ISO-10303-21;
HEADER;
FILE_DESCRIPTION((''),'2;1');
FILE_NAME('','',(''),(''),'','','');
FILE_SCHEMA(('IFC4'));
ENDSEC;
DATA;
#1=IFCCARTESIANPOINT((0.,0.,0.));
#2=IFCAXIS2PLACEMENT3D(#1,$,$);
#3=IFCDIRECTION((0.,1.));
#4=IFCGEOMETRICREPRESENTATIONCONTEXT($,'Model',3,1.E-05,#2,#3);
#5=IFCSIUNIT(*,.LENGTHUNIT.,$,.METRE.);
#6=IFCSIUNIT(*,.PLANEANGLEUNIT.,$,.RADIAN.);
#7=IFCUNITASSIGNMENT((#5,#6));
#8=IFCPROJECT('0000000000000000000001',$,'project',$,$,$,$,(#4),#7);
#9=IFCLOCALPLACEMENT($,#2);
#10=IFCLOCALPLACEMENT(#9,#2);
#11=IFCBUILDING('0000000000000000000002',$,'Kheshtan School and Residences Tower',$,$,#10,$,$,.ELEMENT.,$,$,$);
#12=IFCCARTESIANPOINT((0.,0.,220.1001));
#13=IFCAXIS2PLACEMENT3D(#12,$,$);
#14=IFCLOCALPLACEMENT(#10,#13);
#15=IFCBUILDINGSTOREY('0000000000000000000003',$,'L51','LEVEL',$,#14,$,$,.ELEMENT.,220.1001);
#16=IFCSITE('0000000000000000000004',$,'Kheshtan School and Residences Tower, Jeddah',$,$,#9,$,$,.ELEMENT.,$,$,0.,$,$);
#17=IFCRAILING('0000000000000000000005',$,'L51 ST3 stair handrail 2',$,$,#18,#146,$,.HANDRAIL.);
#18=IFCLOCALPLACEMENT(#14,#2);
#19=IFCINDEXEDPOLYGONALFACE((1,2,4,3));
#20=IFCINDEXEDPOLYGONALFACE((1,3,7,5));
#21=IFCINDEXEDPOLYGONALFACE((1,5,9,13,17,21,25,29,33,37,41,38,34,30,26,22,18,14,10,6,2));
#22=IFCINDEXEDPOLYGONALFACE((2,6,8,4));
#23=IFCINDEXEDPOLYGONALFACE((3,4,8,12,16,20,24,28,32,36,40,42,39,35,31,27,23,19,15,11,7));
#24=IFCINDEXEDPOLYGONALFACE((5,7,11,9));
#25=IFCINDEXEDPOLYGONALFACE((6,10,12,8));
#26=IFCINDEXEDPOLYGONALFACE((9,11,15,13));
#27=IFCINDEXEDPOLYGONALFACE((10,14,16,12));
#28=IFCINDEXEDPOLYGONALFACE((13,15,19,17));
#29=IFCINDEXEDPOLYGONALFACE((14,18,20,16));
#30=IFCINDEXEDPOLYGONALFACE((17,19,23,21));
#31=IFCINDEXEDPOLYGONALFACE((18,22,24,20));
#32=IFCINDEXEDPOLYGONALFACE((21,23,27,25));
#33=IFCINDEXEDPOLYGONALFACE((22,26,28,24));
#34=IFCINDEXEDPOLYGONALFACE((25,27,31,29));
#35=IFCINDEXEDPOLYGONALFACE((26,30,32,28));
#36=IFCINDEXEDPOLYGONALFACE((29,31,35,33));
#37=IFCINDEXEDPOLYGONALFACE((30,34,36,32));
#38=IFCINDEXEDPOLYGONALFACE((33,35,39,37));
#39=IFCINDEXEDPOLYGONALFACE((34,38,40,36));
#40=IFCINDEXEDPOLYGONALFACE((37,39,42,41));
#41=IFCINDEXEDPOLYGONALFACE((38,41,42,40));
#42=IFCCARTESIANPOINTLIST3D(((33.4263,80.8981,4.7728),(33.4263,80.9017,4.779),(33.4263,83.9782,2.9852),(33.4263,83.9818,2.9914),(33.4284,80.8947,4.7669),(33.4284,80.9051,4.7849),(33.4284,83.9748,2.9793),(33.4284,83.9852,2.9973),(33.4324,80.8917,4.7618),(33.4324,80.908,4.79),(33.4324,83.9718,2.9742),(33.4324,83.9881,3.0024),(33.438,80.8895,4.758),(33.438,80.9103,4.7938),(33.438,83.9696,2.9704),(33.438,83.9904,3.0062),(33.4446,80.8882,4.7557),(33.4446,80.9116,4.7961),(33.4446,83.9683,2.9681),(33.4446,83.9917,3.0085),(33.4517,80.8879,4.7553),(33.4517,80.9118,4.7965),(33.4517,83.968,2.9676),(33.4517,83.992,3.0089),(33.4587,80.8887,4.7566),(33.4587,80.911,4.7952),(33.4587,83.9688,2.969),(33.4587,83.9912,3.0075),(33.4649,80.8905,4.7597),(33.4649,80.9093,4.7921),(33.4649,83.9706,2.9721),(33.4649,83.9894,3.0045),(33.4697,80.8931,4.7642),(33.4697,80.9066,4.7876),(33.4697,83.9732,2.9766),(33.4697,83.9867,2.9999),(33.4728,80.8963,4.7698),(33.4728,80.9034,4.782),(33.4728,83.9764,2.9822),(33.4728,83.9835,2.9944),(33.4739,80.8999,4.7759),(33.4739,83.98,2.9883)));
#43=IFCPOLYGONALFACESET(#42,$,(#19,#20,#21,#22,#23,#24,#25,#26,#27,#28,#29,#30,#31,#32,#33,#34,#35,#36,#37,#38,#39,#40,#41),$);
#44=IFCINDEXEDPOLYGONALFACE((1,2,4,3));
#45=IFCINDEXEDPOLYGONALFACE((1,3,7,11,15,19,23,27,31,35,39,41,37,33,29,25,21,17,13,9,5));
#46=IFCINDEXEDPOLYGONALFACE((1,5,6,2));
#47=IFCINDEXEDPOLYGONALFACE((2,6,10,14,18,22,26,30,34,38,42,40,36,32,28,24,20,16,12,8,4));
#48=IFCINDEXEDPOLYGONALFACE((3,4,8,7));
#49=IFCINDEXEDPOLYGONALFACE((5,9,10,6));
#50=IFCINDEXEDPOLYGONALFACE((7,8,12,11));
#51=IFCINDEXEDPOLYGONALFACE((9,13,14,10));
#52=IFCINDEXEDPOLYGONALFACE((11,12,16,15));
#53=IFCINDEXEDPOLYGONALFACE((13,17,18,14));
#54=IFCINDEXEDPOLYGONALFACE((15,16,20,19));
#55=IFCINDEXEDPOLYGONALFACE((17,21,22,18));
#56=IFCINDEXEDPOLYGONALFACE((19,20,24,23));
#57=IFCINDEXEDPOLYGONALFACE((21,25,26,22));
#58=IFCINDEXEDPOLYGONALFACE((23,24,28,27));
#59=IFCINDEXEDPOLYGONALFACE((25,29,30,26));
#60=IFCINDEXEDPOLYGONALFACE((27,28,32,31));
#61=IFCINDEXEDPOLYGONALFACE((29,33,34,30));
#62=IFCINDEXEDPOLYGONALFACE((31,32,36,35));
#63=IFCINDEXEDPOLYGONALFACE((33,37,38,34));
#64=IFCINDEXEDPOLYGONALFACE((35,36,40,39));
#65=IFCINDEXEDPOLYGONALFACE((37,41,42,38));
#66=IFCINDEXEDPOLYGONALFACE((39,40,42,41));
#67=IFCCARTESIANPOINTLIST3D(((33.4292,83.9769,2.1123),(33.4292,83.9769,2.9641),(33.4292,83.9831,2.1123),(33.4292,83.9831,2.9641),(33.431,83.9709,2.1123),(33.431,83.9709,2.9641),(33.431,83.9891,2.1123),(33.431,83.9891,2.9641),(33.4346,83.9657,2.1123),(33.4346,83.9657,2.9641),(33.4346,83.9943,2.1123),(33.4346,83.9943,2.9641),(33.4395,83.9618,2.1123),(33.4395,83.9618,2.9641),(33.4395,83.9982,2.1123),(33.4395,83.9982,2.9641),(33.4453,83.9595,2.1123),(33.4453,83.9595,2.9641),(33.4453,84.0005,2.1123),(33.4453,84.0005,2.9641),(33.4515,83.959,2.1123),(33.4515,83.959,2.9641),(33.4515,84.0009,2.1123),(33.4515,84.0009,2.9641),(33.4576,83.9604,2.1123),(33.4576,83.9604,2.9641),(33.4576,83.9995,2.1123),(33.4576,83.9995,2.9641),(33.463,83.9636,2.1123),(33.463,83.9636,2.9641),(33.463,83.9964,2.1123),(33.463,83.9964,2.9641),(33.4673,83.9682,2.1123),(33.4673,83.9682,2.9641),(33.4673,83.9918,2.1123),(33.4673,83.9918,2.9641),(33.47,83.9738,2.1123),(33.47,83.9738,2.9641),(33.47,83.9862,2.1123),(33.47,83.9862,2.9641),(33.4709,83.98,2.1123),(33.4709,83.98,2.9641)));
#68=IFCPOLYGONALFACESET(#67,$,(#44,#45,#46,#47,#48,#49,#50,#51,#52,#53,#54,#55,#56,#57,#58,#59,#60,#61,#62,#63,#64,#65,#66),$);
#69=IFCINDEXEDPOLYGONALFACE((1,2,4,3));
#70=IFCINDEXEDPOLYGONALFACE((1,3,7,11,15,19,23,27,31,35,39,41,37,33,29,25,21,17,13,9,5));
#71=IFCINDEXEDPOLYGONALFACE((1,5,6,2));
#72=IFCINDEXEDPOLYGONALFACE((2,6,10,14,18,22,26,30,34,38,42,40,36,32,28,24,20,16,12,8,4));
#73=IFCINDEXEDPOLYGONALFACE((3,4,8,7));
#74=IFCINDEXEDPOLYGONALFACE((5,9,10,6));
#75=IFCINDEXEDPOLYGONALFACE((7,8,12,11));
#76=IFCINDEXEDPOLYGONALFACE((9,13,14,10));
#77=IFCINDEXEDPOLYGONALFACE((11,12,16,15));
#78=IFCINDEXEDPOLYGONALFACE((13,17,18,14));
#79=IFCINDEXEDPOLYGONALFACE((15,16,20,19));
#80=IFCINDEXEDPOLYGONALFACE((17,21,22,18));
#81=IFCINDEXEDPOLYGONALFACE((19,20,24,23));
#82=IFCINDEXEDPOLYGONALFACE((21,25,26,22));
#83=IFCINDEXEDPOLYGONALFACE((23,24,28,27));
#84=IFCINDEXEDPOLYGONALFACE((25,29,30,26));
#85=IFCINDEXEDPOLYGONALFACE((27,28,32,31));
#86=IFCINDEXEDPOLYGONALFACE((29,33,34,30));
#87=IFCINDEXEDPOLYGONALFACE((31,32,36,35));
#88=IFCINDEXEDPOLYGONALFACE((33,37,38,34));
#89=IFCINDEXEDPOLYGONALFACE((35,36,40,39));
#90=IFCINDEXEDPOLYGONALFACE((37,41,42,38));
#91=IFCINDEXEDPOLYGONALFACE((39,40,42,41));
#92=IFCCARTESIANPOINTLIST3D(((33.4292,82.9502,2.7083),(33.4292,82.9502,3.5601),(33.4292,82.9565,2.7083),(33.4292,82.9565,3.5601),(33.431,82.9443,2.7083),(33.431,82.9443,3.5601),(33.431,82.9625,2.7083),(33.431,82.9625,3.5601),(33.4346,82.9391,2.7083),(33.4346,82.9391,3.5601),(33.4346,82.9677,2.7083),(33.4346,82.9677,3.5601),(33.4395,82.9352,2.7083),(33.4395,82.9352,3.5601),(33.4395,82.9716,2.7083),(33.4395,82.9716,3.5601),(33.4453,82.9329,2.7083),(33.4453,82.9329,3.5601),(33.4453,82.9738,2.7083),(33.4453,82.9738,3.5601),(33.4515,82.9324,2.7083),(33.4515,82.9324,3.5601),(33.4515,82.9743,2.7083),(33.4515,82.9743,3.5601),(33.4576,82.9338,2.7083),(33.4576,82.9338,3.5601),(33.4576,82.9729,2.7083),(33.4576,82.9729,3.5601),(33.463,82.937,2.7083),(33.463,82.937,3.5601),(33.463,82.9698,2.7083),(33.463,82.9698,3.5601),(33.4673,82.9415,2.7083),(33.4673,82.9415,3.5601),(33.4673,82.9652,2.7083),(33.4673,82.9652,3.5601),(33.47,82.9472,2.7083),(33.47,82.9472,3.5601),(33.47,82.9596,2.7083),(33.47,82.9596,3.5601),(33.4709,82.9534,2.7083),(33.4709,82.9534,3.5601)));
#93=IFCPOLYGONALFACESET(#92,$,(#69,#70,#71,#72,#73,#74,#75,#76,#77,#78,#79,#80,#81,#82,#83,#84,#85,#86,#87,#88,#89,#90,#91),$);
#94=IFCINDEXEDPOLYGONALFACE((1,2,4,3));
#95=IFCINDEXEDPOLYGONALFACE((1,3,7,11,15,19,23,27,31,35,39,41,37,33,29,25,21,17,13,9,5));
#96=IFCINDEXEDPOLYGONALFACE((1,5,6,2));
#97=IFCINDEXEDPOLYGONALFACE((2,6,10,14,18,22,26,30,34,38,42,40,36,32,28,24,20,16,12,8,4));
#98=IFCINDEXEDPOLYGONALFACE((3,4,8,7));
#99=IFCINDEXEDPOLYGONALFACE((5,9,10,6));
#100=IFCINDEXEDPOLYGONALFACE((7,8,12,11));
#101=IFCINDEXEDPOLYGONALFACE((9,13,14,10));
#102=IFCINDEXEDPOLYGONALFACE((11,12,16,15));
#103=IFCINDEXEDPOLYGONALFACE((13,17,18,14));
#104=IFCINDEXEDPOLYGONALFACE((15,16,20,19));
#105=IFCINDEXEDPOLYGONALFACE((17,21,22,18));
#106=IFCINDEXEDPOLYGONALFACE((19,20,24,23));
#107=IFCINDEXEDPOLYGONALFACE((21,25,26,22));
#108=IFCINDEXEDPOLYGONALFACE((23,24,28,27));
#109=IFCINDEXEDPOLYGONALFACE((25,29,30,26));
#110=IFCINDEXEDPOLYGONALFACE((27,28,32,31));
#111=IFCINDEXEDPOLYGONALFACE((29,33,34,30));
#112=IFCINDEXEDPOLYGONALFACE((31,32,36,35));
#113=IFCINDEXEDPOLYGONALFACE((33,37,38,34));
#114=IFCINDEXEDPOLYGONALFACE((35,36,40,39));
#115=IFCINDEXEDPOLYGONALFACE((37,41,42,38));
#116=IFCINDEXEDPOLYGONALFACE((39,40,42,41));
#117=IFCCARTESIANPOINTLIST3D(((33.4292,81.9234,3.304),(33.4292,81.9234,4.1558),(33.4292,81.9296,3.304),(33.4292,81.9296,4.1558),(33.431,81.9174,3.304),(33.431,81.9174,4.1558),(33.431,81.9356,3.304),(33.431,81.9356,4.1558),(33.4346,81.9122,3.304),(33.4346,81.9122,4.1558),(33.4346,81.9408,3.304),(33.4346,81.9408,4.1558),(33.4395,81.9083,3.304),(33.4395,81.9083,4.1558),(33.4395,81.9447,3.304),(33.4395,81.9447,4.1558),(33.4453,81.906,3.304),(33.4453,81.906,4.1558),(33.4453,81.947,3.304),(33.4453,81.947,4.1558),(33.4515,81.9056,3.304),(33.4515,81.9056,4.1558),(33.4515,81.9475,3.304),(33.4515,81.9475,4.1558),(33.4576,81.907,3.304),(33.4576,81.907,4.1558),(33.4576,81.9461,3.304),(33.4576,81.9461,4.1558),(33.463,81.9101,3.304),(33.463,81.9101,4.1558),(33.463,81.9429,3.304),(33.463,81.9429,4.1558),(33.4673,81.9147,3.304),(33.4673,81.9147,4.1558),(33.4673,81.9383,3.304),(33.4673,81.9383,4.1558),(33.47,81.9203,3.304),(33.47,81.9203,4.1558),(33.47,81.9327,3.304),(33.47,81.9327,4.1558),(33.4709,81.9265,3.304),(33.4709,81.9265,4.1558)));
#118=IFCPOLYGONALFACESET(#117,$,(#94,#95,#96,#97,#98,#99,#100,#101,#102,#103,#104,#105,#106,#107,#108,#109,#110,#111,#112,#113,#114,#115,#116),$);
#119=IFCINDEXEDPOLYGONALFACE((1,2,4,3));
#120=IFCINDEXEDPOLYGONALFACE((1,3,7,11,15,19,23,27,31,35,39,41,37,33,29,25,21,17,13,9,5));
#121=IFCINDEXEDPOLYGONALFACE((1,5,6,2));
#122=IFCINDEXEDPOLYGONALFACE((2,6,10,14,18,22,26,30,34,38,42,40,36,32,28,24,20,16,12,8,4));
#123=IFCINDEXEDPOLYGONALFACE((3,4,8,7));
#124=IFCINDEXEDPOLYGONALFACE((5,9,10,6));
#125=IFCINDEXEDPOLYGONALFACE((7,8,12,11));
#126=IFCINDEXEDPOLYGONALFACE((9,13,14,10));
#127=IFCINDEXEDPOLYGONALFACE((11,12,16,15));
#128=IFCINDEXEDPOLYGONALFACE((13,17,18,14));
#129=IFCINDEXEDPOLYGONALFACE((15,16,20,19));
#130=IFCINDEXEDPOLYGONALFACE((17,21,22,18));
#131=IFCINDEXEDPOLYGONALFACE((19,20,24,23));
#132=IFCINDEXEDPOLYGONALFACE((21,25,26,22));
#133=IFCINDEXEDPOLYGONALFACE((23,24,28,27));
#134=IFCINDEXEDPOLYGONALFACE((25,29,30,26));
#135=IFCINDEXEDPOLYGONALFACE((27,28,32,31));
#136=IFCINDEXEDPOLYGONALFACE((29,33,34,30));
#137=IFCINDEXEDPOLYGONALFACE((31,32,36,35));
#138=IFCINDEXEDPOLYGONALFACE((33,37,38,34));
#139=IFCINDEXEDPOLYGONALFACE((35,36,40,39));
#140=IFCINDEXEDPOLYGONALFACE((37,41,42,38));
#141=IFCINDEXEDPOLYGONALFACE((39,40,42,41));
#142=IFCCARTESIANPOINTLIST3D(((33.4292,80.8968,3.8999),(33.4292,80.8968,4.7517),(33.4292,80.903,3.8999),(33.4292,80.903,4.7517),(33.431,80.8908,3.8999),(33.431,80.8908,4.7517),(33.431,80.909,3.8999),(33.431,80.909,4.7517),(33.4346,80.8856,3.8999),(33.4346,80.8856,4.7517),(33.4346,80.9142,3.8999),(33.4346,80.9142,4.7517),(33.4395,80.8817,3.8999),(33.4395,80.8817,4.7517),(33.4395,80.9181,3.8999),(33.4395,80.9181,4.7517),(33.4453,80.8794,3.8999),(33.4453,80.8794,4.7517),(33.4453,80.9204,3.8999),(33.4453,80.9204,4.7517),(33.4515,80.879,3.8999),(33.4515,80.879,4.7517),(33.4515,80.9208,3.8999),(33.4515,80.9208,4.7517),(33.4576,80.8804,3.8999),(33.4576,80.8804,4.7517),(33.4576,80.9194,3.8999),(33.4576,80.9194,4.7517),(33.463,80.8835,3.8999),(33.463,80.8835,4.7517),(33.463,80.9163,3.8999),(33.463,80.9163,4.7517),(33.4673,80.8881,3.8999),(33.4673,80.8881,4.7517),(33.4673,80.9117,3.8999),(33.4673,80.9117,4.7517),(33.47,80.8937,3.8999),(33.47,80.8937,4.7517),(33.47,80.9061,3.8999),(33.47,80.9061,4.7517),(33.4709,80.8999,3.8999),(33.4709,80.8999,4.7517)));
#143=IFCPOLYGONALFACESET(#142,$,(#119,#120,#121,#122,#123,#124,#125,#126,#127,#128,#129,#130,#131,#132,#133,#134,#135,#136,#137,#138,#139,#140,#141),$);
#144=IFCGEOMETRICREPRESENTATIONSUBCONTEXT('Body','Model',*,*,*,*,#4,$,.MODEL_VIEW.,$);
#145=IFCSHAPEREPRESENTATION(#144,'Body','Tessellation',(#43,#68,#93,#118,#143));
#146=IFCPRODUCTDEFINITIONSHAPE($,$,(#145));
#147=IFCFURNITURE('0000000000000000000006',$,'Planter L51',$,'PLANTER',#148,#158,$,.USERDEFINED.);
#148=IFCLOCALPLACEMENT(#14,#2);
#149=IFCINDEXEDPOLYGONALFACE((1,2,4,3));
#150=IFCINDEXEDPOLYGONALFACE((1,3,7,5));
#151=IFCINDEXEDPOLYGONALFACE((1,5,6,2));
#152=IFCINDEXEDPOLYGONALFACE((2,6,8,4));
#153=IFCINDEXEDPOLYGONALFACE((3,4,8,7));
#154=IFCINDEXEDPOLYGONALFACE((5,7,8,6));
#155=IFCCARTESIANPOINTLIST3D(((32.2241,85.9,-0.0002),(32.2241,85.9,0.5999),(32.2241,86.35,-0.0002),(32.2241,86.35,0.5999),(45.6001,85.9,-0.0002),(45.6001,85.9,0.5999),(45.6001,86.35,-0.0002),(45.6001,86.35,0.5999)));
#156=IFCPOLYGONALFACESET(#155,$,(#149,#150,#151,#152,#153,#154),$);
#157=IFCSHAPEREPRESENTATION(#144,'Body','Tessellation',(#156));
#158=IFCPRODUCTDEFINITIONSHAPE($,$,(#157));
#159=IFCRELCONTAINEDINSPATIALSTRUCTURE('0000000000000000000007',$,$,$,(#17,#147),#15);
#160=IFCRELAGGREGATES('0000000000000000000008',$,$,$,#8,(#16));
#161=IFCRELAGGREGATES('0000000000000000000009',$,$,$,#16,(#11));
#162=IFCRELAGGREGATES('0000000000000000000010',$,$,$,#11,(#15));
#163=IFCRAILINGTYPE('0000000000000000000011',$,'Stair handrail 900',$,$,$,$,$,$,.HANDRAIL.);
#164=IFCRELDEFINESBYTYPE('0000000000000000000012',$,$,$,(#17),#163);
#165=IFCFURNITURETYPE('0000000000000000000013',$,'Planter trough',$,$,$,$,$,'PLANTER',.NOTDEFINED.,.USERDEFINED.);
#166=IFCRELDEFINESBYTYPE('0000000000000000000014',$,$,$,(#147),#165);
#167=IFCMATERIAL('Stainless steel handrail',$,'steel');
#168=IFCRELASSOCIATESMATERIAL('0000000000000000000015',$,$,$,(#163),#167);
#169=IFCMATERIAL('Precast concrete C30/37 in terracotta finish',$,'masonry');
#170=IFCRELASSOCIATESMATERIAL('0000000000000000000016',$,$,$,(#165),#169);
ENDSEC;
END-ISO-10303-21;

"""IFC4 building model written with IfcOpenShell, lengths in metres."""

from ifc_helpers import new_model, si_unit, direction, frame, origin, origin_2d, place, context, subcontext, project, spatial, rectangle, circle, extrude, material, type_object, element, save


model = new_model("IFC4")

# Units and contexts
model_context = context("Model", 3, precision=1e-05, world=origin(), true_north=direction((0.0, 1.0)))
body_context = subcontext(model_context, "Body", "Model", "MODEL_VIEW")
ifc_project = project(units=[si_unit("LENGTHUNIT", "METRE"), si_unit("PLANEANGLEUNIT", "RADIAN")], contexts=[model_context])

# Site, building, storey
site_placement = place(None, origin())
site = spatial("IfcSite", under=ifc_project, at=site_placement, Name="Kheshtan School and Residences Tower, Jeddah", CompositionType="ELEMENT", RefElevation=0.0)
building_placement = place(site_placement, origin())
building = spatial("IfcBuilding", under=site, at=building_placement, Name="Kheshtan School and Residences Tower", CompositionType="ELEMENT")
storey_placement = place(building_placement, frame((0.0, 0.0, 220.1001)))
storey = spatial("IfcBuildingStorey", under=building, at=storey_placement, Name="L51", Description="LEVEL", CompositionType="ELEMENT", Elevation=220.1001)

# Railing
ifc_material_1 = material(Name="Stainless steel handrail", Category="steel")
railing_type_1 = type_object("IfcRailingType", Name="Stair handrail 900", PredefinedType="HANDRAIL", material=ifc_material_1)
railing_1_placement = place(storey_placement, frame((33.45, 83.98, 2.1123)))
element("IfcRailing", 1, at=railing_1_placement, inside=storey, type_object=railing_type_1, Name="L51 ST3 stair handrail 2", PredefinedType="HANDRAIL", context=body_context, shape_type="SweptSolid", body=[
    extrude(circle(Radius=0.0239, at=origin_2d()), frame((0.0, 0.0, 0.876), z_axis=(0.0, -0.864891, 0.50196), x_axis=(1.0, 0.0, 0.0)), (0.0, 0.0, 1.0), 3.5613),
    extrude(circle(Radius=0.021, at=origin_2d()), origin(), (0.0, 0.0, 1.0), 0.8518),
    extrude(circle(Radius=0.021, at=origin_2d()), frame((0.0, -1.0266, 0.5959)), (0.0, 0.0, 1.0), 0.8518),
    extrude(circle(Radius=0.021, at=origin_2d()), frame((0.0, -2.0535, 1.1917)), (0.0, 0.0, 1.0), 0.8518),
    extrude(circle(Radius=0.021, at=origin_2d()), frame((0.0, -3.0801, 1.7876)), (0.0, 0.0, 1.0), 0.8518),
])

# Furniture
ifc_material_2 = material(Name="Precast concrete C30/37 in terracotta finish", Category="masonry")
furniture_type = type_object("IfcFurnitureType", Name="Planter trough", ElementType="PLANTER", AssemblyPlace="NOTDEFINED", PredefinedType="USERDEFINED", material=ifc_material_2)
furniture_placement = place(storey_placement, frame((38.9121, 86.125, -0.0002), z_axis=(0.0, 0.0, 1.0), x_axis=(1.0, 0.0, 0.0)))
element("IfcFurniture", 2, at=furniture_placement, inside=storey, type_object=furniture_type, Name="Planter L51", ObjectType="PLANTER", PredefinedType="USERDEFINED", context=body_context, shape_type="SweptSolid", body=[
    extrude(rectangle(XDim=13.376, YDim=0.45, at=origin_2d()), origin(), (0.0, 0.0, 1.0), 0.6001),
])

save(model, "model.ifc")
